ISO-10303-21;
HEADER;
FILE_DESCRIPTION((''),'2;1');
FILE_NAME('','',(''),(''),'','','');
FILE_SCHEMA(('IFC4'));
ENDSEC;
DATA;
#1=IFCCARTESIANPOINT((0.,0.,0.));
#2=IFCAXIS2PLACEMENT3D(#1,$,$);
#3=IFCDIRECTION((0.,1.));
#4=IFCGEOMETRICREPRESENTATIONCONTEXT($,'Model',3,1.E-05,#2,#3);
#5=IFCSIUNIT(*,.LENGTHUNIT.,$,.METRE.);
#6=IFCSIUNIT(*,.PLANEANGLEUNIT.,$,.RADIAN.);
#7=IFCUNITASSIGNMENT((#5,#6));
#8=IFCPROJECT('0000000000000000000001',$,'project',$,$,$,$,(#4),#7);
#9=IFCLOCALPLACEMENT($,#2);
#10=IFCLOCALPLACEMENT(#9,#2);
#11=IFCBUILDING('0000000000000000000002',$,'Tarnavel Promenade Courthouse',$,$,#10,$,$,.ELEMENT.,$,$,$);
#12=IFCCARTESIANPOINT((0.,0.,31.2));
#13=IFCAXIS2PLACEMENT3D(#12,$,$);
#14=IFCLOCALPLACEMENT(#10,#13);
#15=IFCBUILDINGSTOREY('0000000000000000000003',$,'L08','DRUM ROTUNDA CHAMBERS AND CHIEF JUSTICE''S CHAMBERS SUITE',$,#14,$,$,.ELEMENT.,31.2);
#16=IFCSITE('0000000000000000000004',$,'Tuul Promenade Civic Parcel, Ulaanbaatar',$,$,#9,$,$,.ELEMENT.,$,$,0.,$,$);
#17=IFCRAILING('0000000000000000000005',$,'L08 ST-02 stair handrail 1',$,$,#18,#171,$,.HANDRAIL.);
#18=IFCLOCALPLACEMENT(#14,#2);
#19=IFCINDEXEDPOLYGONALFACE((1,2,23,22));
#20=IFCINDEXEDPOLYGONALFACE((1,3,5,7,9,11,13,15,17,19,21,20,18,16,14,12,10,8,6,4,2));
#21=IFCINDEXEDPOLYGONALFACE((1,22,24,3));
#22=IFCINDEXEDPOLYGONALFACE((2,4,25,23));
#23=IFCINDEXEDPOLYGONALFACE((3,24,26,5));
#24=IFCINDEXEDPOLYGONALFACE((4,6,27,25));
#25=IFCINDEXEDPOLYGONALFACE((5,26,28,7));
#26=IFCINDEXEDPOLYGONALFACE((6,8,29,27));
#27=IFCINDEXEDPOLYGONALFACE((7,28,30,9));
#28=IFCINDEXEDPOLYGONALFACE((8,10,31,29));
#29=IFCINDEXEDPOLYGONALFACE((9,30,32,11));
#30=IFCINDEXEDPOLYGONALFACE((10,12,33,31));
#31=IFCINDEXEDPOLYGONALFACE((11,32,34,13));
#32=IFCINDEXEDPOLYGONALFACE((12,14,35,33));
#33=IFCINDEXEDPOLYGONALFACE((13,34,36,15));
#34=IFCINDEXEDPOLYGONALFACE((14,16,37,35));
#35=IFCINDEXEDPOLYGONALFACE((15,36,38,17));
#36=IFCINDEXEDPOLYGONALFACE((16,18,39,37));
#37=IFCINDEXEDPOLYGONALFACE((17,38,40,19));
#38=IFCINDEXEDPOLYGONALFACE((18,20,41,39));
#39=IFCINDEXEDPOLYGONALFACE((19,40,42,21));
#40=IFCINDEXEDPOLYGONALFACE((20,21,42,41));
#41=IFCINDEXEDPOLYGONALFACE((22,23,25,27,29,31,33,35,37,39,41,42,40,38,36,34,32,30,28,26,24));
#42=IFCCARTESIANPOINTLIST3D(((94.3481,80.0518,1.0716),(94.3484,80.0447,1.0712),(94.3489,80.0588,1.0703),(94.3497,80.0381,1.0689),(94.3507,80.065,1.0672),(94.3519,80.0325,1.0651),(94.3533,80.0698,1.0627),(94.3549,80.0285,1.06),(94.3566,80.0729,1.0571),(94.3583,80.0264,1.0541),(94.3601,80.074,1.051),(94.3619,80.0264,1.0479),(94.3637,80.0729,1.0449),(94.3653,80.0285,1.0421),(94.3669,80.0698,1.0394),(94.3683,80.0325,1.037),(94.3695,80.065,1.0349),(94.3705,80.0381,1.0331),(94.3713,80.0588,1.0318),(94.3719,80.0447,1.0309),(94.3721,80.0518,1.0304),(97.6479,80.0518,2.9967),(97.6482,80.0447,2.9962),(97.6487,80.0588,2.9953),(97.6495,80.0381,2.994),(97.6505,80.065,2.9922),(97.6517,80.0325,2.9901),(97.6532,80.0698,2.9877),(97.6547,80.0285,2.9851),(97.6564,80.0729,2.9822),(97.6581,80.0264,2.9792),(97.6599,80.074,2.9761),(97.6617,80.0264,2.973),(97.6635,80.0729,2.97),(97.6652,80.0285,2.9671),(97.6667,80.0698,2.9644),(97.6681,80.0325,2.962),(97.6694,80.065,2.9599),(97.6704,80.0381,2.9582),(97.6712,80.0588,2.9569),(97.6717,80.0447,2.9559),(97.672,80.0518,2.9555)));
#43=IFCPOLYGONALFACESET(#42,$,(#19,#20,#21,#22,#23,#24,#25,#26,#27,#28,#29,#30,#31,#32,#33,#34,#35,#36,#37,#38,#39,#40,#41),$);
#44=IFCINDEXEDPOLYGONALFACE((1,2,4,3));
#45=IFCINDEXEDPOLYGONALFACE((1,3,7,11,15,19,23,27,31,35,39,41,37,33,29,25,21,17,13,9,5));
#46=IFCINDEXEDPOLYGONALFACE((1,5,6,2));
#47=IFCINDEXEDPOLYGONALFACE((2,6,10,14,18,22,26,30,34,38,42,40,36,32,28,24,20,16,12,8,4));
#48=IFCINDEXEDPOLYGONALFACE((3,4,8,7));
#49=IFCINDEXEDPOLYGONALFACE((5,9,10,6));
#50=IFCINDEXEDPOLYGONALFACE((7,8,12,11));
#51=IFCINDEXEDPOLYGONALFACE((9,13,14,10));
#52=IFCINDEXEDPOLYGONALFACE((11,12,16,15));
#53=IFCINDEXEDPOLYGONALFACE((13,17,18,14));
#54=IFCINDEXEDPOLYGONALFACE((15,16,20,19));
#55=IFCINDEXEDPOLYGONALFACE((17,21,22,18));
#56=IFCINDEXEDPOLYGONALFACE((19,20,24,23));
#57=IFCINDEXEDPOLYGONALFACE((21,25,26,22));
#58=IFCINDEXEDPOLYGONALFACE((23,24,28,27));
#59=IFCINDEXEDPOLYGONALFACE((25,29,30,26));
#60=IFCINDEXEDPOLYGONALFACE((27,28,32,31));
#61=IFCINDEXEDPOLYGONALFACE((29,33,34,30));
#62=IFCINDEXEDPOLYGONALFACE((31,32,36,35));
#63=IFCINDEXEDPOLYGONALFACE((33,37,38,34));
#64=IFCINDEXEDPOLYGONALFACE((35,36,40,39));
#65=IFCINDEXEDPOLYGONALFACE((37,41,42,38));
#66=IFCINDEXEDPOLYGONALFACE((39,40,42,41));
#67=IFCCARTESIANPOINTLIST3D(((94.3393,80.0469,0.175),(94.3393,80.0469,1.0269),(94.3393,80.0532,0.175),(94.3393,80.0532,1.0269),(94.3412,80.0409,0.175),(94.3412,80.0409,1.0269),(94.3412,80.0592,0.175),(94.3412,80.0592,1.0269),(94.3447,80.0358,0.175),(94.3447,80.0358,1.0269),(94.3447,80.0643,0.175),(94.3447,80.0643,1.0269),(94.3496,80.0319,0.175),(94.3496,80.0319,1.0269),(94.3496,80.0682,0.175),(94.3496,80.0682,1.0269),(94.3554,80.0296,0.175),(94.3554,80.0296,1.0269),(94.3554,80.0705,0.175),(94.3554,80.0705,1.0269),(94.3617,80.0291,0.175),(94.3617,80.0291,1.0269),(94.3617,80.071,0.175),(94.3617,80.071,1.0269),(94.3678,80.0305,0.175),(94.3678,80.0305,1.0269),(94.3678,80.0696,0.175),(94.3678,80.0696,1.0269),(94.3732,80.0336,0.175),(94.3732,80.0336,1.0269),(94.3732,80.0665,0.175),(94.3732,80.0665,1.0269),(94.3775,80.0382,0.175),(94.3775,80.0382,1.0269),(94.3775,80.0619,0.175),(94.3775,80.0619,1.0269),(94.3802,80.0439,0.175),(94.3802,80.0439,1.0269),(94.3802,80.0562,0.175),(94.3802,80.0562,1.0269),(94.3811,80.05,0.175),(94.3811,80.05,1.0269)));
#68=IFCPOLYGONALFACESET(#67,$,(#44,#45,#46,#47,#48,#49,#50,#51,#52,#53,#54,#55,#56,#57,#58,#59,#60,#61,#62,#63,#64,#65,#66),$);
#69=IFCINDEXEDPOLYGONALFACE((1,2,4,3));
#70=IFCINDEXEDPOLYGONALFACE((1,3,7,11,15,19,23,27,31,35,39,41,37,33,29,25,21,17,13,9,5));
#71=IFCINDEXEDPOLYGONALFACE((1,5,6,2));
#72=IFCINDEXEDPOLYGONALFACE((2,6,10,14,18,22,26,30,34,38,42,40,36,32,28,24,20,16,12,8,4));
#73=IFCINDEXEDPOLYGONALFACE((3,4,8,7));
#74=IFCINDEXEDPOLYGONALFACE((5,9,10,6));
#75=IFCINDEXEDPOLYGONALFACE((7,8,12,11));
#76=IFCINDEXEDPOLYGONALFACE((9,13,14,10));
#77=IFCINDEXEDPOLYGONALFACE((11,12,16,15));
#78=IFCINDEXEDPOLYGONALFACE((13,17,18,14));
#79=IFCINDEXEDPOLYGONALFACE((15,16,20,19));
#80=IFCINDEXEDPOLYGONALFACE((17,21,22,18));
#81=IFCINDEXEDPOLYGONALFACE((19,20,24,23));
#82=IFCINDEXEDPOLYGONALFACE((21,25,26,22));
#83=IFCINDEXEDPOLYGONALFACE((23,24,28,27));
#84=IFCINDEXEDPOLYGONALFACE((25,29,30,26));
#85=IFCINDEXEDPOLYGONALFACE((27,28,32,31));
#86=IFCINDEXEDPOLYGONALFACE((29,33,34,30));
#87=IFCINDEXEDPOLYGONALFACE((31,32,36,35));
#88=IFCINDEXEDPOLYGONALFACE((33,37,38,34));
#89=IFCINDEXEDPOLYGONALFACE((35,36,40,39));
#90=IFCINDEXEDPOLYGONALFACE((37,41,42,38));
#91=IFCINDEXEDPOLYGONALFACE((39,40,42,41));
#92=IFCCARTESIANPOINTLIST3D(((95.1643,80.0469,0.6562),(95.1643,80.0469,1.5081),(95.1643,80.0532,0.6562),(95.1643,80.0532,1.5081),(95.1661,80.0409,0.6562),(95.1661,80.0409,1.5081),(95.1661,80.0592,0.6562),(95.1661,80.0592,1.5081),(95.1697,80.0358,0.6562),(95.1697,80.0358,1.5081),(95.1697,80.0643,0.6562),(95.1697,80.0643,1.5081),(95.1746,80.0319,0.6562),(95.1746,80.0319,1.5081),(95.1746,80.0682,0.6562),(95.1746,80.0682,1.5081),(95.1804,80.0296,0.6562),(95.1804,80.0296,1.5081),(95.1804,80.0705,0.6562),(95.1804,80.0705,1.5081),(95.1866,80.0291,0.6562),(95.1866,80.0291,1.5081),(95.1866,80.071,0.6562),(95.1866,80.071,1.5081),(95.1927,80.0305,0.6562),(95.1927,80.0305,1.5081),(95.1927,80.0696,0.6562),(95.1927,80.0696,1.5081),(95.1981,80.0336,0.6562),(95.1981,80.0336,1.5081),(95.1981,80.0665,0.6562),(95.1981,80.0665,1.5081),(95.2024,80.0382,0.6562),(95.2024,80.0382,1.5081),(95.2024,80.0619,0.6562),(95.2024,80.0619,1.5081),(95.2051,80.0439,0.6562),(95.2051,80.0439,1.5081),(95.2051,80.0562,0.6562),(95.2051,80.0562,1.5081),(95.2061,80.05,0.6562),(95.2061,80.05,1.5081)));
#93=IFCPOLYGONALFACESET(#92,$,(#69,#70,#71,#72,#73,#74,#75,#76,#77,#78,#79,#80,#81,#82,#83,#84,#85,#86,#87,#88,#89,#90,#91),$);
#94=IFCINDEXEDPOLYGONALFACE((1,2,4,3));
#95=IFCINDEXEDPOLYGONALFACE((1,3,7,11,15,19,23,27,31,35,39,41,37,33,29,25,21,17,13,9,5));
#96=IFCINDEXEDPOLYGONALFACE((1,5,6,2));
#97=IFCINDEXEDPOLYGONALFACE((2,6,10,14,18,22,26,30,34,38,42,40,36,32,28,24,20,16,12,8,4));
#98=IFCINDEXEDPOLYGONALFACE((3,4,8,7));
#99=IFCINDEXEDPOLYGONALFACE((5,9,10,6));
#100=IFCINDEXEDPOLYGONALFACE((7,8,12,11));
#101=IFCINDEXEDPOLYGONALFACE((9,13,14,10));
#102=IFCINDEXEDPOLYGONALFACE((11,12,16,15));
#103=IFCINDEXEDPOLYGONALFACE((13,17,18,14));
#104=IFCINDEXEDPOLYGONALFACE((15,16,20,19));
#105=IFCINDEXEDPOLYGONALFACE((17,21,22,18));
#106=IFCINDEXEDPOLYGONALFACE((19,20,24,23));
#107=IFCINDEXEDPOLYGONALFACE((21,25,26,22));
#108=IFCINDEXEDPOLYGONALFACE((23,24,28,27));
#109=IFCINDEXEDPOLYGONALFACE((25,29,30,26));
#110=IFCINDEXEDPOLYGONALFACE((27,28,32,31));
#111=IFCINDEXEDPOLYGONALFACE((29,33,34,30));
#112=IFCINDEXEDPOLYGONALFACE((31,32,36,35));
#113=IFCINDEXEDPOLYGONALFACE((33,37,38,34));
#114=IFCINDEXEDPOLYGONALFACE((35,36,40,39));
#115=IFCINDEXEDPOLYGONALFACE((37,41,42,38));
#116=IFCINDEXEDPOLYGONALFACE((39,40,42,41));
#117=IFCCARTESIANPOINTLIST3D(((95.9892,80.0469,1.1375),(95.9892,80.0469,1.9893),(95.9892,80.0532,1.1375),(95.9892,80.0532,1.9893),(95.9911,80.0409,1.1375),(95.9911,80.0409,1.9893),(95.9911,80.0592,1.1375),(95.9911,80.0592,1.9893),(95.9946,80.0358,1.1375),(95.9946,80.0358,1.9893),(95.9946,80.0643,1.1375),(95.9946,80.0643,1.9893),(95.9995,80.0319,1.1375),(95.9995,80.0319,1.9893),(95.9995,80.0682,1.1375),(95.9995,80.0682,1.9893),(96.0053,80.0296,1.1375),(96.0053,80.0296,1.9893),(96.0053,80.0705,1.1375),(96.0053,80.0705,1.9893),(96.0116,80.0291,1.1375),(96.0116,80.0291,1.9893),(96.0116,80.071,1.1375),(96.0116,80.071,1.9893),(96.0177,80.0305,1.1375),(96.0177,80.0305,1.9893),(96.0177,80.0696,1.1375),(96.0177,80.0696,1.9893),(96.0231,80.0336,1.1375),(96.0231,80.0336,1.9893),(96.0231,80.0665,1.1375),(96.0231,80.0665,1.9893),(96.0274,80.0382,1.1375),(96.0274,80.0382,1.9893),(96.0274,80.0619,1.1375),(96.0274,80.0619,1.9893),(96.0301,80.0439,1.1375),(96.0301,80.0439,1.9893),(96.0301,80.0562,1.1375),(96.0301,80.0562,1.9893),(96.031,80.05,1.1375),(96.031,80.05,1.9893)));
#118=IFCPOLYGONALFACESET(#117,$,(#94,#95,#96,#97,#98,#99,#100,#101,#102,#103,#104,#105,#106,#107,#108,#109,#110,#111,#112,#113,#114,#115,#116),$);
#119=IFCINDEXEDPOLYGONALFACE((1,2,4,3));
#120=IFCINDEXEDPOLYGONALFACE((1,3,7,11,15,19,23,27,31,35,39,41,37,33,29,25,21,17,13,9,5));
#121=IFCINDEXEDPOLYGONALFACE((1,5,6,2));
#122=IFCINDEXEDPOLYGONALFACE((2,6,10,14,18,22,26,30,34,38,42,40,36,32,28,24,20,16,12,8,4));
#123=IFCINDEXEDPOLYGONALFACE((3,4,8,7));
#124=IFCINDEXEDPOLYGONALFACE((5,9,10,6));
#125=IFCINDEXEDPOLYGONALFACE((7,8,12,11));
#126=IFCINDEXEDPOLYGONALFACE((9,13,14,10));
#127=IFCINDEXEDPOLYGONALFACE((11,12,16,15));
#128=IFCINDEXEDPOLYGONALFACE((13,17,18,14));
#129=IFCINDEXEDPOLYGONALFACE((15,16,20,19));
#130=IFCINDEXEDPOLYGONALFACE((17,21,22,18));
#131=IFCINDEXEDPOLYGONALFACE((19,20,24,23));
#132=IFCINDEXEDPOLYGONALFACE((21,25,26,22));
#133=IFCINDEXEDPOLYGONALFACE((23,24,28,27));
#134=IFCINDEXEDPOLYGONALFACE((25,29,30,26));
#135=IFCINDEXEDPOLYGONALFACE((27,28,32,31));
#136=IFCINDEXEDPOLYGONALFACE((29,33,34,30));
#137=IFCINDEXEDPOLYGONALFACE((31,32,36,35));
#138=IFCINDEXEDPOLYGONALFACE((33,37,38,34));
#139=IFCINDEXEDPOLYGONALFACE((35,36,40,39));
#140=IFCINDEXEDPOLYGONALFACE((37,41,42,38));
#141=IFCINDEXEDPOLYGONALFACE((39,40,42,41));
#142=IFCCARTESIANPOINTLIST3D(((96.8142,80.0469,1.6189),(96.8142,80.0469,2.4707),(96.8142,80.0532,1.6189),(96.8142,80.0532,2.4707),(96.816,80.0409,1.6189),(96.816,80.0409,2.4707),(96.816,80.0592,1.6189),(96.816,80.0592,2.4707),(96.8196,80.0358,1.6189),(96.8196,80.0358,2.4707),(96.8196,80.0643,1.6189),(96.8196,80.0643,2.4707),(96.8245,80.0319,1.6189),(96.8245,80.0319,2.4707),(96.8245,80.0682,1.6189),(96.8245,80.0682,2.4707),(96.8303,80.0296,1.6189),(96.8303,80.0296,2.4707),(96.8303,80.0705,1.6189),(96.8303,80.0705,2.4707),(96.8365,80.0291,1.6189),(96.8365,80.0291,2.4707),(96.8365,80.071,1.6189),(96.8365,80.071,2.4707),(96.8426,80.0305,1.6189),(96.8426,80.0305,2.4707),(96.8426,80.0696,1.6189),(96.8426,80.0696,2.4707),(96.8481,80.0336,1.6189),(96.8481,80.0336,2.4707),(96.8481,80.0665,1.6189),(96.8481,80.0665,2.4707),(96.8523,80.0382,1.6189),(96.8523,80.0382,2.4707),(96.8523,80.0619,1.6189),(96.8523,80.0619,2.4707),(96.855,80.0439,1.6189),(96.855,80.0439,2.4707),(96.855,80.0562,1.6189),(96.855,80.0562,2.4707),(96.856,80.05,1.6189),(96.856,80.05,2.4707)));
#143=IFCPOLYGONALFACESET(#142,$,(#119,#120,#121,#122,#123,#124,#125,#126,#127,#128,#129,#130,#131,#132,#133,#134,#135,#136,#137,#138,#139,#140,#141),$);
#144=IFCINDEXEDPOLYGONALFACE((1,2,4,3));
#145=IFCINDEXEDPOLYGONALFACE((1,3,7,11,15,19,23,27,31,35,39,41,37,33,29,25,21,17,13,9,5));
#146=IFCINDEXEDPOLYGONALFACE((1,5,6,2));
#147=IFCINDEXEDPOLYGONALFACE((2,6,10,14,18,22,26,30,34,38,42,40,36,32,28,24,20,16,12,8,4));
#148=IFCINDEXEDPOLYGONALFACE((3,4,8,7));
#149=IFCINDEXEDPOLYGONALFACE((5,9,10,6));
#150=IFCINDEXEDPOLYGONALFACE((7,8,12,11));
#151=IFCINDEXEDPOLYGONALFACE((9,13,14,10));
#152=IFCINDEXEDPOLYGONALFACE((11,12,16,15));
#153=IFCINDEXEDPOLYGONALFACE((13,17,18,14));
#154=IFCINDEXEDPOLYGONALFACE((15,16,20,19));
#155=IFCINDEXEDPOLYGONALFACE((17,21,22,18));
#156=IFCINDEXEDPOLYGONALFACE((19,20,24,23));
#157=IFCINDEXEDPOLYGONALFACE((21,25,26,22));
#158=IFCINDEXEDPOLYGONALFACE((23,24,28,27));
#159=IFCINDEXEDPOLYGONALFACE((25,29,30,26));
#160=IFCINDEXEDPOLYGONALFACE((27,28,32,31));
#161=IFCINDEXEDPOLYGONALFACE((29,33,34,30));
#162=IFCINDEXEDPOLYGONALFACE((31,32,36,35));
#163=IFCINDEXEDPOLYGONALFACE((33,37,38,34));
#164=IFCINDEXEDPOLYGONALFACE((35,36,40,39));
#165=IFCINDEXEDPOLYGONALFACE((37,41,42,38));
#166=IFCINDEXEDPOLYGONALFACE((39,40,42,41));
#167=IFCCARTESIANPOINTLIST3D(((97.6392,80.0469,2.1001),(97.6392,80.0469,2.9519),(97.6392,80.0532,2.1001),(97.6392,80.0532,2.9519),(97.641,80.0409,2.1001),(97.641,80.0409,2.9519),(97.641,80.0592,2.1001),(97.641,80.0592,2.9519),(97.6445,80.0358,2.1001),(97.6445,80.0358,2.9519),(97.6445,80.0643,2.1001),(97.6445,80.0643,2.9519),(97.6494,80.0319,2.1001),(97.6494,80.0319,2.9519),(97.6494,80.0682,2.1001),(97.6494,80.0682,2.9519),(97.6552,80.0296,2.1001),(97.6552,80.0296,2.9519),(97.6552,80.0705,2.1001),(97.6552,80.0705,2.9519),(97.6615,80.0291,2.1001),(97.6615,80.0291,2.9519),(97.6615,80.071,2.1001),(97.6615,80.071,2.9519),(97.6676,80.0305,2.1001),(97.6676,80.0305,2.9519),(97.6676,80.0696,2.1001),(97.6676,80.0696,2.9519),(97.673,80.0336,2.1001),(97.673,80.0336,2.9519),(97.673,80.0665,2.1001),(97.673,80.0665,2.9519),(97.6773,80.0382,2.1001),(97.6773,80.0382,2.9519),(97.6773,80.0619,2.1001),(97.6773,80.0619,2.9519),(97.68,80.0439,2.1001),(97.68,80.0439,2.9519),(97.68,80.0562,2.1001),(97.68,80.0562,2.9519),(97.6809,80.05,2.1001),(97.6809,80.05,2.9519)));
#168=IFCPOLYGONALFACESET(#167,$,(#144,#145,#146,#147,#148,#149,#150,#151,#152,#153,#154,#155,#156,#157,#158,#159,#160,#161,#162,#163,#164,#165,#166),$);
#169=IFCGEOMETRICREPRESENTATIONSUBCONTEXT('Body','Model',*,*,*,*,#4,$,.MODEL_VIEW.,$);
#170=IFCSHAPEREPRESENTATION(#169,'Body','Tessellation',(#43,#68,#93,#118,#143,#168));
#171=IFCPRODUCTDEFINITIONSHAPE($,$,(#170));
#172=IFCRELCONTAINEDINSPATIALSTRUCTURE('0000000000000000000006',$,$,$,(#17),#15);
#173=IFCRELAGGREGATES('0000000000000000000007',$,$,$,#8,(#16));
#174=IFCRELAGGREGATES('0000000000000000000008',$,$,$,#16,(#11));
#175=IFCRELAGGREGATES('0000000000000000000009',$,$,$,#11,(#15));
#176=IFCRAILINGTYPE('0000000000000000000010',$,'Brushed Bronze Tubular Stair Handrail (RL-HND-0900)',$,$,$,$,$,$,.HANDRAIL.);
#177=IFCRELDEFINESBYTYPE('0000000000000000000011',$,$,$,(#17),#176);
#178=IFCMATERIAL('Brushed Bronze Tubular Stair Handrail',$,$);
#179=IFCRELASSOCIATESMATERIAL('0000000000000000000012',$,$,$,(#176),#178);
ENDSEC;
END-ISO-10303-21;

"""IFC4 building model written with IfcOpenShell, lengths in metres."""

from ifc_helpers import new_model, si_unit, direction, frame, origin, origin_2d, place, context, subcontext, project, spatial, circle, extrude, material, type_object, element, save


model = new_model("IFC4")

# Units and contexts
model_context = context("Model", 3, precision=1e-05, world=origin(), true_north=direction((0.0, 1.0)))
body_context = subcontext(model_context, "Body", "Model", "MODEL_VIEW")
ifc_project = project(units=[si_unit("LENGTHUNIT", "METRE"), si_unit("PLANEANGLEUNIT", "RADIAN")], contexts=[model_context])

# Site, building, storey
site_placement = place(None, origin())
site = spatial("IfcSite", under=ifc_project, at=site_placement, Name="Tuul Promenade Civic Parcel, Ulaanbaatar", CompositionType="ELEMENT", RefElevation=0.0)
building_placement = place(site_placement, origin())
building = spatial("IfcBuilding", under=site, at=building_placement, Name="Tarnavel Promenade Courthouse", CompositionType="ELEMENT")
storey_placement = place(building_placement, frame((0.0, 0.0, 31.2)))
storey = spatial("IfcBuildingStorey", under=building, at=storey_placement, Name="L08", Description="DRUM ROTUNDA CHAMBERS AND CHIEF JUSTICE'S CHAMBERS SUITE", CompositionType="ELEMENT", Elevation=31.2)

# Railing
ifc_material_1 = material(Name="Brushed Bronze Tubular Stair Handrail")
railing_type_1 = type_object("IfcRailingType", Name="Brushed Bronze Tubular Stair Handrail (RL-HND-0900)", PredefinedType="HANDRAIL", material=ifc_material_1)
railing_1_placement = place(storey_placement, frame((94.3601, 80.05, 0.175)))
element("IfcRailing", 1, at=railing_1_placement, inside=storey, type_object=railing_type_1, Name="L08 ST-02 stair handrail 1", PredefinedType="HANDRAIL", context=body_context, shape_type="SweptSolid", body=[
    extrude(circle(Radius=0.0239, at=origin_2d()), frame((0.0, 0.0, 0.876), z_axis=(0.86376, 0.0, 0.503903), x_axis=(0.0, 1.0, 0.0)), (0.0, 0.0, 1.0), 3.8203),
    extrude(circle(Radius=0.021, at=origin_2d()), origin(), (0.0, 0.0, 1.0), 0.8518),
    extrude(circle(Radius=0.021, at=origin_2d()), frame((0.825, 0.0, 0.4812)), (0.0, 0.0, 1.0), 0.8518),
    extrude(circle(Radius=0.021, at=origin_2d()), frame((1.6499, 0.0, 0.9624)), (0.0, 0.0, 1.0), 0.8518),
    extrude(circle(Radius=0.021, at=origin_2d()), frame((2.4749, 0.0, 1.4438)), (0.0, 0.0, 1.0), 0.8518),
    extrude(circle(Radius=0.021, at=origin_2d()), frame((3.2998, 0.0, 1.925)), (0.0, 0.0, 1.0), 0.8518),
])

save(model, "model.ifc")
